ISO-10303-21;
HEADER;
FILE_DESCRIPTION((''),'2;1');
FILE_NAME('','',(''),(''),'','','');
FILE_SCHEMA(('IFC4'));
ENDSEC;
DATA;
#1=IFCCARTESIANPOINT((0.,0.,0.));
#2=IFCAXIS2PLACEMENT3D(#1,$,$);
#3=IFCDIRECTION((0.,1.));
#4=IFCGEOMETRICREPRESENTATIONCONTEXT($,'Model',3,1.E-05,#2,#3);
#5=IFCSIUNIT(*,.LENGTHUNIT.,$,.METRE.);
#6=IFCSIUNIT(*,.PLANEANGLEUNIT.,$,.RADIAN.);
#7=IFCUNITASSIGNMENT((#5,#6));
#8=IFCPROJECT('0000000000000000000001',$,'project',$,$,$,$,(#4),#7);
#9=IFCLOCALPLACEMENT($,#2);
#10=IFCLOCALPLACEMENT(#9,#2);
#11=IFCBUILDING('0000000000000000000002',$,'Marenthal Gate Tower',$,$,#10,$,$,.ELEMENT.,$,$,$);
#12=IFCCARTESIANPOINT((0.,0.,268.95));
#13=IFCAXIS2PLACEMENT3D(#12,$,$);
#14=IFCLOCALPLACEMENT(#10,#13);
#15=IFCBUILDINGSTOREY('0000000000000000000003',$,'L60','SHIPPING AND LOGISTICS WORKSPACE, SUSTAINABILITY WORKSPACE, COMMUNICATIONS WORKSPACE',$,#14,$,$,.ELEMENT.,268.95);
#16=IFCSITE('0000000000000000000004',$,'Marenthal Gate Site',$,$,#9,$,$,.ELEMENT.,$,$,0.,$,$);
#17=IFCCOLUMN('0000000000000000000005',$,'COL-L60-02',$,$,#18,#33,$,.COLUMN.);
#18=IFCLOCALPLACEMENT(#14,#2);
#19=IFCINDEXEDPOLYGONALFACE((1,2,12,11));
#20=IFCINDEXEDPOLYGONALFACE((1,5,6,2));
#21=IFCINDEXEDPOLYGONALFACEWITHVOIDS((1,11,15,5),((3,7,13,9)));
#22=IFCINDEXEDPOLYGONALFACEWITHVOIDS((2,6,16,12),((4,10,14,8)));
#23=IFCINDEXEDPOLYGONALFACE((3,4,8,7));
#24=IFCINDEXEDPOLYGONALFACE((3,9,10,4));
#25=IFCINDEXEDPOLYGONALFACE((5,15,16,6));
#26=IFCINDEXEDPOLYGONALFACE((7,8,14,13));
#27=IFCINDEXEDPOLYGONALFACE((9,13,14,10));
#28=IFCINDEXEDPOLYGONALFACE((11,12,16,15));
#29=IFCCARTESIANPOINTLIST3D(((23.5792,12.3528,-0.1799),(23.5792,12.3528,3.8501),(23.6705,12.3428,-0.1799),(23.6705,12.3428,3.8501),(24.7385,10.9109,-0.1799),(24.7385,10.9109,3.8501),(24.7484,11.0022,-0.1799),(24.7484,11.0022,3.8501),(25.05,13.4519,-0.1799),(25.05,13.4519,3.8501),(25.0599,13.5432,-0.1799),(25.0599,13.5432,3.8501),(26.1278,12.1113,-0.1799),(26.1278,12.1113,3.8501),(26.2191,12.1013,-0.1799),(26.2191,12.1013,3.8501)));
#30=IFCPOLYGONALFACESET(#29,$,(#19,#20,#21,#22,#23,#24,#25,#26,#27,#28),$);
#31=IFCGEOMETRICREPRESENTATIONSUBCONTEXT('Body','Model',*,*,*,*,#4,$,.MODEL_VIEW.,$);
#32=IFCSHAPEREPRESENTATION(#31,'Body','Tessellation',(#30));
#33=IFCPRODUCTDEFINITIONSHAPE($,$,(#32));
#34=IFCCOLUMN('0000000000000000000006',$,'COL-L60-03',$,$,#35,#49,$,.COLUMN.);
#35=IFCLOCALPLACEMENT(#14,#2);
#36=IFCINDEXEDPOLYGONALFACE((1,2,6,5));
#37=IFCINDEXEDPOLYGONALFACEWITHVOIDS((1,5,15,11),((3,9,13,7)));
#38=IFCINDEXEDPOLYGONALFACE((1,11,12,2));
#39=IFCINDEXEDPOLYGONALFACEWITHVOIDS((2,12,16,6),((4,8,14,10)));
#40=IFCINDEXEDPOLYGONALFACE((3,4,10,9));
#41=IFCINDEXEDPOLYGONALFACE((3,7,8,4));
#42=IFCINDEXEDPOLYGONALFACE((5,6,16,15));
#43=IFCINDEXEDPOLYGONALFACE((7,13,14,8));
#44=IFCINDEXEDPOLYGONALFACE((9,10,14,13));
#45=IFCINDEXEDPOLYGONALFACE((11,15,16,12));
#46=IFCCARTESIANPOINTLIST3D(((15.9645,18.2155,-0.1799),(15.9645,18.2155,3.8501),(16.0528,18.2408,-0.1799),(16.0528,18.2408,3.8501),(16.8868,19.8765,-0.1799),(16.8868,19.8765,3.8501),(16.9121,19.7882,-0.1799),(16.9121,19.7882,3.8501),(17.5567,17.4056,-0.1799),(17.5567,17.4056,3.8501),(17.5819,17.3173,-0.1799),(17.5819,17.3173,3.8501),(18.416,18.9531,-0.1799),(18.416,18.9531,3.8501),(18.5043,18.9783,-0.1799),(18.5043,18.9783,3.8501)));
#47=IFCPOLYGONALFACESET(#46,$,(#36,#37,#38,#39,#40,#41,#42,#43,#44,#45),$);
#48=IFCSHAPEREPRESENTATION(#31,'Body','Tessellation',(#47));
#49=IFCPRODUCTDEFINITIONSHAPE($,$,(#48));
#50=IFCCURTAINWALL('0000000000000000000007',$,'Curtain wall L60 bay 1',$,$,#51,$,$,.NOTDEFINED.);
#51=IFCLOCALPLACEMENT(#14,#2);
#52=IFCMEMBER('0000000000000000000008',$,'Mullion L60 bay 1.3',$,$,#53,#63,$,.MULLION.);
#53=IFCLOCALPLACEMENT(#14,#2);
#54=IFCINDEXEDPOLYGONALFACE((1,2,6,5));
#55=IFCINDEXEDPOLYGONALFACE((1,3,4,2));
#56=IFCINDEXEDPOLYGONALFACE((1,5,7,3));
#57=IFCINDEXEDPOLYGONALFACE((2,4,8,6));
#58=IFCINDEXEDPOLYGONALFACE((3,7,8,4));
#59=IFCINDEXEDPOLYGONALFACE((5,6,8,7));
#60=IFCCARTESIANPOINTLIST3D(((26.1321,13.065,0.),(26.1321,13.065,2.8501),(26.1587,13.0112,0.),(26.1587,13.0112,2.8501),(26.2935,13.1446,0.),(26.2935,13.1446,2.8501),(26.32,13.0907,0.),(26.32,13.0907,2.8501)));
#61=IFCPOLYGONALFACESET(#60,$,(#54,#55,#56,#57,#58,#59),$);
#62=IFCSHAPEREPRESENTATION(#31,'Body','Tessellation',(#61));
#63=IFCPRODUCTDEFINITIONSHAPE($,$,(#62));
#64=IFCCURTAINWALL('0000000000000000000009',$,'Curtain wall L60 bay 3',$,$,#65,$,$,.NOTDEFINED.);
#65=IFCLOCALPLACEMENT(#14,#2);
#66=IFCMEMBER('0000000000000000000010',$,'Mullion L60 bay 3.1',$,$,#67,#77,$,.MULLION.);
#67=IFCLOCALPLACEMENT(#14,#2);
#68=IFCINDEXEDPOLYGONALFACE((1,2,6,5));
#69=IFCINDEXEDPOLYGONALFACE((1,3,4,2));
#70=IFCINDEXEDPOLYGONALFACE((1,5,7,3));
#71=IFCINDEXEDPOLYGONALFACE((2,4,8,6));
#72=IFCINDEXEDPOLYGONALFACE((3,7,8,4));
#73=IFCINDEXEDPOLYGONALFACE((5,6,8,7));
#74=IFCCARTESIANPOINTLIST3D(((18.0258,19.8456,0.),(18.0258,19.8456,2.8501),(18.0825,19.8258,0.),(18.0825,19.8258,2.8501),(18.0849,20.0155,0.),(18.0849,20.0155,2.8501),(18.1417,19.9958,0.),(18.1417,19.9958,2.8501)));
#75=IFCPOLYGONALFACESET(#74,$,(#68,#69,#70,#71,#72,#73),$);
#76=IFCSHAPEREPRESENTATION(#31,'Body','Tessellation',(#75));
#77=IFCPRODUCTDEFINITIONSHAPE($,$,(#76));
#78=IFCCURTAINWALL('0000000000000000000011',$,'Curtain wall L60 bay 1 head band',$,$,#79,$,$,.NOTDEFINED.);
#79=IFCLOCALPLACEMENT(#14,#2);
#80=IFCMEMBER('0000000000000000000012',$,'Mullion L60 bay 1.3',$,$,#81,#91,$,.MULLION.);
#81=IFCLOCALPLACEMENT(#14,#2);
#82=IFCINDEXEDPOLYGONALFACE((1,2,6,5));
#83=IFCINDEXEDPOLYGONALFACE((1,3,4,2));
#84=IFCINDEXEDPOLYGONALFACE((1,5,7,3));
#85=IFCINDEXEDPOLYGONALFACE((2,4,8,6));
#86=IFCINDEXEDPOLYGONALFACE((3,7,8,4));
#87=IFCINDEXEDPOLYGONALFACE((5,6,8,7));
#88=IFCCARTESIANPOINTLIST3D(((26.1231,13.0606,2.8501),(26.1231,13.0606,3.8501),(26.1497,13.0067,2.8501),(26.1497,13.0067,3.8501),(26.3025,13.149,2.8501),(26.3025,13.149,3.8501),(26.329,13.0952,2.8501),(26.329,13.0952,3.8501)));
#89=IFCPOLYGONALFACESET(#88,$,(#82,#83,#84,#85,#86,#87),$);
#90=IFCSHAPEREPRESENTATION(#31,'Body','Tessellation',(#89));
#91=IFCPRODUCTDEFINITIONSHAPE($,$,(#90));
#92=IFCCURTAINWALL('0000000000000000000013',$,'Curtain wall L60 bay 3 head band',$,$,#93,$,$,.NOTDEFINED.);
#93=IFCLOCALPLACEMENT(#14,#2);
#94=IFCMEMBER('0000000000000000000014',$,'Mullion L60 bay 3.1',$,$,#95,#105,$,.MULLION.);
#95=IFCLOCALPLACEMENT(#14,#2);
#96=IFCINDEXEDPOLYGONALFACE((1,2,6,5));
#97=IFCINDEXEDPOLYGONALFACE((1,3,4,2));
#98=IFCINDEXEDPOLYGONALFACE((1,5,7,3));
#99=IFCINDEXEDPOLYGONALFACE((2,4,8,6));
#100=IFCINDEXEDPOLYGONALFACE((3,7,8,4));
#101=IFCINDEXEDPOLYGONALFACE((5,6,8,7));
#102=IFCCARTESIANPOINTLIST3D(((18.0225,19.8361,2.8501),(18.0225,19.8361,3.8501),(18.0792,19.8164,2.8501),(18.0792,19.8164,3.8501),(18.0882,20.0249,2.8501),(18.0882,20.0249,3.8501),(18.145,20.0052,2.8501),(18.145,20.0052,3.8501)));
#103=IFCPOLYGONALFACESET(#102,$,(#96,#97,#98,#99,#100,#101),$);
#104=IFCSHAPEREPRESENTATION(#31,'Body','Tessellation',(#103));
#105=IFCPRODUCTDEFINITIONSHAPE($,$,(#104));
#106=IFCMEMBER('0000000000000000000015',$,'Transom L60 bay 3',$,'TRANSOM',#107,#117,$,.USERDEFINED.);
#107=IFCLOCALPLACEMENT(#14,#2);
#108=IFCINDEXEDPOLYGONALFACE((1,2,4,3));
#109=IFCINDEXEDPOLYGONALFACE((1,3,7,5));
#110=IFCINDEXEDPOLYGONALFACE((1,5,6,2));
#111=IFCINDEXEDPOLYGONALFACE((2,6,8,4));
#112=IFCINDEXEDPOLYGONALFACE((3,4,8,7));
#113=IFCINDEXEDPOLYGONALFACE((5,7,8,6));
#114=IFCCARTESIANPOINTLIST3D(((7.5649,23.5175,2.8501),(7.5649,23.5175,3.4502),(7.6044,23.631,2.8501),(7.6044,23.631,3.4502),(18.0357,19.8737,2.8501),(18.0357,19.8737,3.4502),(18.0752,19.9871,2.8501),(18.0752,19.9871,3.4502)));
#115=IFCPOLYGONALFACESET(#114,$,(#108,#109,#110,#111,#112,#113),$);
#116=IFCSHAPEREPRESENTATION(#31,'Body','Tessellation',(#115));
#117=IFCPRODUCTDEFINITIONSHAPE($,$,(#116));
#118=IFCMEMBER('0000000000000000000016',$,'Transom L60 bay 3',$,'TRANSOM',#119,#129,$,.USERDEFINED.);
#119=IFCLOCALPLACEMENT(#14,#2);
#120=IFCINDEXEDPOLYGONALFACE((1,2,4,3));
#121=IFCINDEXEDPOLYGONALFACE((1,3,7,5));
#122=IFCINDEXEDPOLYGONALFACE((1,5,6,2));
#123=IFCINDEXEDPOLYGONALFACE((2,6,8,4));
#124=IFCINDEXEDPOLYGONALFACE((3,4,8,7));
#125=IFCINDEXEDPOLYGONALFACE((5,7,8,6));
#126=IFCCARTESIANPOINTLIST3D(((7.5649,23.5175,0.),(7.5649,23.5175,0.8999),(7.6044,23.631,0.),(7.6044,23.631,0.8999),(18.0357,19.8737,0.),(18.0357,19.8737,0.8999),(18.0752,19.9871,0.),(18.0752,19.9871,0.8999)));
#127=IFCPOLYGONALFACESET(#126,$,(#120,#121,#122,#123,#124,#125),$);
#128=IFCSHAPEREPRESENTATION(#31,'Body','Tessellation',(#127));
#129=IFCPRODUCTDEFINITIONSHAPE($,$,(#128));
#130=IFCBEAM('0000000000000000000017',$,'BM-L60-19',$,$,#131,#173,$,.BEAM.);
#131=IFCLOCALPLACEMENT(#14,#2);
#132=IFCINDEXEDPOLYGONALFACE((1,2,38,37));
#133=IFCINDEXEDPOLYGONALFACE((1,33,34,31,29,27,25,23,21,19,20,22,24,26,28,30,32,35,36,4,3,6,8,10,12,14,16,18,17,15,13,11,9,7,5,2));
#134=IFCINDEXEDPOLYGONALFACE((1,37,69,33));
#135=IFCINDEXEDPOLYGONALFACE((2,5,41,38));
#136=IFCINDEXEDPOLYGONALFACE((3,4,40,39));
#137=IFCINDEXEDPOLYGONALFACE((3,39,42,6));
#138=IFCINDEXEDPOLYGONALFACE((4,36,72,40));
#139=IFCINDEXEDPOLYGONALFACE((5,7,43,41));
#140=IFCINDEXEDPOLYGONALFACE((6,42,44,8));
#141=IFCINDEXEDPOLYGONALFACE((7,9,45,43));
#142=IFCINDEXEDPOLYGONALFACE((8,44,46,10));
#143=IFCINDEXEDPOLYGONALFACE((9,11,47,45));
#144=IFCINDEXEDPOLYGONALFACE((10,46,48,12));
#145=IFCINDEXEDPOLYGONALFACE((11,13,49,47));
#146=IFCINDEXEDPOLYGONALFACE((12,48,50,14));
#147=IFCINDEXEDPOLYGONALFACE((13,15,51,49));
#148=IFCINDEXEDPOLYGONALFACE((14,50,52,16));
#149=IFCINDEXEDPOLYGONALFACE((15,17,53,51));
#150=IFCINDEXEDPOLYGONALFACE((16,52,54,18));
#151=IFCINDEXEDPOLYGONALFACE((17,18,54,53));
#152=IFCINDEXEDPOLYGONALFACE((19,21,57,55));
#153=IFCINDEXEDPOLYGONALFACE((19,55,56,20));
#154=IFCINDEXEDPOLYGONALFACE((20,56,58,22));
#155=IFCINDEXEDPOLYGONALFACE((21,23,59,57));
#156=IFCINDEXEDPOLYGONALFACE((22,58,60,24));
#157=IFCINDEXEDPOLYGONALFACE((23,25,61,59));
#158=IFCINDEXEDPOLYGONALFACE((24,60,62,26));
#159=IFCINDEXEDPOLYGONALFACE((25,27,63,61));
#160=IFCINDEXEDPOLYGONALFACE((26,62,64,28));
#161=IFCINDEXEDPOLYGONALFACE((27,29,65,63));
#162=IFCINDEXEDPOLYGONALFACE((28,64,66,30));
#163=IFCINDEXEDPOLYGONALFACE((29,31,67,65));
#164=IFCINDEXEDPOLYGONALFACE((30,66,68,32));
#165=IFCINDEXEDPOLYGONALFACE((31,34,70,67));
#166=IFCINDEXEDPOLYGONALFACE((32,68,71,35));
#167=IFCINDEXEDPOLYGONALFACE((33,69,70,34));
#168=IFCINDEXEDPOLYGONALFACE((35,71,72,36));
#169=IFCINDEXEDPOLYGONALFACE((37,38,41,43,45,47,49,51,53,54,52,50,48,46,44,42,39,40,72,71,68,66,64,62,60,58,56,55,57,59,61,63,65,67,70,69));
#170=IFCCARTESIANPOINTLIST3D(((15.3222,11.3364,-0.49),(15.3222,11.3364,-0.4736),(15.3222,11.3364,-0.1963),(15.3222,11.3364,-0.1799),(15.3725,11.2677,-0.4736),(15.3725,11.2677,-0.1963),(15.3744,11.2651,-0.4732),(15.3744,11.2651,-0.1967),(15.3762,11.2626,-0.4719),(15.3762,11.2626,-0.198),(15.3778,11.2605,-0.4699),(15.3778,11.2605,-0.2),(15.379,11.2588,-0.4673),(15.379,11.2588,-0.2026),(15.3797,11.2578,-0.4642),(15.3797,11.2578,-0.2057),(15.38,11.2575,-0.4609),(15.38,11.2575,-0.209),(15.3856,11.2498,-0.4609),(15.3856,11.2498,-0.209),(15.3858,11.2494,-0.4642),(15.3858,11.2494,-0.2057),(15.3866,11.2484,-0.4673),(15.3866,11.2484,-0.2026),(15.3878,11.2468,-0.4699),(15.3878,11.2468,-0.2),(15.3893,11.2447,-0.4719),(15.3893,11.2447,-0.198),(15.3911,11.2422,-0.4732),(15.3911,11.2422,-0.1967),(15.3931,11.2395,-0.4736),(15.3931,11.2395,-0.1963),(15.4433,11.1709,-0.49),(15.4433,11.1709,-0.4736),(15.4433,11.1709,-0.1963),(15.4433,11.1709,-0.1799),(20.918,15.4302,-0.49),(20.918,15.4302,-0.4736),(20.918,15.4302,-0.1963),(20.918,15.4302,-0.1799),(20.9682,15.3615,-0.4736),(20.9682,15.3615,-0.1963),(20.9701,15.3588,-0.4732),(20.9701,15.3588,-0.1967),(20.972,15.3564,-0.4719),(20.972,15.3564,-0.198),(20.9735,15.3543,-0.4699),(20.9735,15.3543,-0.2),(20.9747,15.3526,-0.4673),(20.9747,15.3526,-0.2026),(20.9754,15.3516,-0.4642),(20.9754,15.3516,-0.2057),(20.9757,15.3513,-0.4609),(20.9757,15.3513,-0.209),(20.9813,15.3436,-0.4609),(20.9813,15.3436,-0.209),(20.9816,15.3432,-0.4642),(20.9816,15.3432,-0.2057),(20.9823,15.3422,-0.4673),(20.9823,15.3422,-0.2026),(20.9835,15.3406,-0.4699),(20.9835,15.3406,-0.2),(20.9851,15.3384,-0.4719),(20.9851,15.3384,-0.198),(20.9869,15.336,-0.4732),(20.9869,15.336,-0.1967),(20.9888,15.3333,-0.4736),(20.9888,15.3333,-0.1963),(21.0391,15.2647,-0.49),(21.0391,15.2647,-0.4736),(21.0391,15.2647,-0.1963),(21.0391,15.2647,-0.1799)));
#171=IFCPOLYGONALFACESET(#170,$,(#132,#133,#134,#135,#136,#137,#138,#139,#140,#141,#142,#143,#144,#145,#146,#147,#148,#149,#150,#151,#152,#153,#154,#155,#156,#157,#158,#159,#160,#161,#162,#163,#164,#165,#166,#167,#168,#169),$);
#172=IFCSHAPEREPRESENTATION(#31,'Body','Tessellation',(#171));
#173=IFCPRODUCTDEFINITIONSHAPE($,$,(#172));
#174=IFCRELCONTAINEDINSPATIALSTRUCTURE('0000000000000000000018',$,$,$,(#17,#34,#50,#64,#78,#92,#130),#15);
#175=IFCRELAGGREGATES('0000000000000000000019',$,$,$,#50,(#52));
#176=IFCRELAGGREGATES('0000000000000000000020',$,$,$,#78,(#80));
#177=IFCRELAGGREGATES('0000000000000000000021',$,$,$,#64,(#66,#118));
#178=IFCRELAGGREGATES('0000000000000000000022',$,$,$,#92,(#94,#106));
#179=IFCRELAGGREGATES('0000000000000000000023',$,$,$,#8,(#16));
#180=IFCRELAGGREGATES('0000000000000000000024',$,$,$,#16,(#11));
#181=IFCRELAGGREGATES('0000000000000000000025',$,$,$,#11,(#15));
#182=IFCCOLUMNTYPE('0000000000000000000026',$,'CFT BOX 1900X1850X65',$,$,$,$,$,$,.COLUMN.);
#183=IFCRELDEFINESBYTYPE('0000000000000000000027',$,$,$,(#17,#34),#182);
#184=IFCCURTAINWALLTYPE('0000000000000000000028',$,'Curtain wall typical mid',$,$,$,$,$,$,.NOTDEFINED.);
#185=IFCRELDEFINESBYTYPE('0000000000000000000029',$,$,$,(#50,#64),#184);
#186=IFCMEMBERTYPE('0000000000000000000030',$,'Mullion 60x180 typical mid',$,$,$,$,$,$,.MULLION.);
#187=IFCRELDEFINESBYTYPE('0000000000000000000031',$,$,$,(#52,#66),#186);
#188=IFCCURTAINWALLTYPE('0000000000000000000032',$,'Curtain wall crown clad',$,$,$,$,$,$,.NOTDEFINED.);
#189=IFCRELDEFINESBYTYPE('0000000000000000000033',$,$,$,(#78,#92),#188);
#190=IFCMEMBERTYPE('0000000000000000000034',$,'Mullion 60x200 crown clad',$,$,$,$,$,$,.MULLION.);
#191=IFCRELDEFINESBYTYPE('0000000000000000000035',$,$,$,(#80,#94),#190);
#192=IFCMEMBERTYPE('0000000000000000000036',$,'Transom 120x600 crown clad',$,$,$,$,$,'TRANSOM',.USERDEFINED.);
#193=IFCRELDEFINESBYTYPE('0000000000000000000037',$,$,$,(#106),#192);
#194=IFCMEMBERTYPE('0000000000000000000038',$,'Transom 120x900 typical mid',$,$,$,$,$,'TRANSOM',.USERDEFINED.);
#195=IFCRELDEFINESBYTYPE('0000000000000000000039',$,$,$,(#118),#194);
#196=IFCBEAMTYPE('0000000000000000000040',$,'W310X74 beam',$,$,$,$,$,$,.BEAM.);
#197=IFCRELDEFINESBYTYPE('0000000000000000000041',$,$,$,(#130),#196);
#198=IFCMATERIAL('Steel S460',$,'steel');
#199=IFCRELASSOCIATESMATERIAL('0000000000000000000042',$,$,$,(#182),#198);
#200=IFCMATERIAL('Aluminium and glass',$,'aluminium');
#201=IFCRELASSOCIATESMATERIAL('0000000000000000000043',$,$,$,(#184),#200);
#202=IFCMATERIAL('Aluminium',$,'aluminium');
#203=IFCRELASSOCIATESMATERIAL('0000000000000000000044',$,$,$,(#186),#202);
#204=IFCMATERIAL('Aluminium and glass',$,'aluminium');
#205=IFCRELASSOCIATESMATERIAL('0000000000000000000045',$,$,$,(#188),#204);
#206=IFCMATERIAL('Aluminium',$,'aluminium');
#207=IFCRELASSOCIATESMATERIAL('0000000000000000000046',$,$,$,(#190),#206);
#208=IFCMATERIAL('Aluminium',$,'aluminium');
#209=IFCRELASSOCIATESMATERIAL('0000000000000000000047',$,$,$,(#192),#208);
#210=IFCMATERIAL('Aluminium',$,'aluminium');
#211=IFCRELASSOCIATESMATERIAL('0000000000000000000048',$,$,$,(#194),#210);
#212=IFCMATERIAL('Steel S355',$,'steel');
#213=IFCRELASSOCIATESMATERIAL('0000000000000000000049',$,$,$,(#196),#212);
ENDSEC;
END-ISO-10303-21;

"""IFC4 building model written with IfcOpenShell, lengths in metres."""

from ifc_helpers import new_model, si_unit, direction, frame, origin, origin_2d, place, context, subcontext, project, spatial, rectangle, hollow_rectangle, i_section, extrude, material, material_profile, profile_set, type_object, element, aggregate, save


model = new_model("IFC4")

# Units and contexts
model_context = context("Model", 3, precision=1e-05, world=origin(), true_north=direction((0.0, 1.0)))
body_context = subcontext(model_context, "Body", "Model", "MODEL_VIEW")
ifc_project = project(units=[si_unit("LENGTHUNIT", "METRE"), si_unit("PLANEANGLEUNIT", "RADIAN")], contexts=[model_context])

# Site, building, storey
site_placement = place(None, origin())
site = spatial("IfcSite", under=ifc_project, at=site_placement, Name="Marenthal Gate Site", CompositionType="ELEMENT", RefElevation=0.0)
building_placement = place(site_placement, origin())
building = spatial("IfcBuilding", under=site, at=building_placement, Name="Marenthal Gate Tower", CompositionType="ELEMENT")
storey_placement = place(building_placement, frame((0.0, 0.0, 268.95)))
storey = spatial("IfcBuildingStorey", under=building, at=storey_placement, Name="L60", Description="SHIPPING AND LOGISTICS WORKSPACE, SUSTAINABILITY WORKSPACE, COMMUNICATIONS WORKSPACE", CompositionType="ELEMENT", Elevation=268.95)

# Columns
ifc_material_1 = material(Name="Steel S460", Category="steel")
ifc_material_profile_1 = material_profile(ifc_material_1, hollow_rectangle(XDim=1.8501, YDim=1.8999, WallThickness=0.0649, at=origin_2d()), Name="CFT BOX 1900X1850X65")
ifc_material_2 = material(Name="Concrete 70 MPa", Category="concrete")
ifc_material_profile_2 = material_profile(ifc_material_2, rectangle(XDim=1.72, YDim=1.77, at=origin_2d()), Name="CFT BOX 1900X1850X65 INFILL")
ifc_profile_set_1 = profile_set([ifc_material_profile_1, ifc_material_profile_2], Name="Steel S460 shell, Concrete 70 MPa infill")
column_type = type_object("IfcColumnType", Name="CFT BOX 1900X1850X65", PredefinedType="COLUMN", material=ifc_profile_set_1)
for number, where, z_axis, x_axis, name in (
    (1, (24.8992, 12.2271, -0.1799), (0.0, 0.0, 1.0), (0.626593, -0.779347, 0.0), "COL-L60-02"),
    (2, (17.2344, 18.5969, -0.1799), (0.0, 0.0, 1.0), (0.874251, -0.485475, 0.0), "COL-L60-03"),
):
    element("IfcColumn", number, at=place(storey_placement, frame(where, z_axis=z_axis, x_axis=x_axis)), inside=storey, type_object=column_type, Name=name, PredefinedType="COLUMN", context=body_context, shape_type="SweptSolid", body=[
        extrude(hollow_rectangle(XDim=1.8501, YDim=1.8999, WallThickness=0.0649, at=origin_2d()), origin(), (0.0, 0.0, 1.0), 4.03),
    ])

# Curtain walls, members
ifc_material_3 = material(Name="Aluminium and glass", Category="aluminium")
curtain_wall_type_1 = type_object("IfcCurtainWallType", Name="Curtain wall typical mid", PredefinedType="NOTDEFINED", material=ifc_material_3)
curtain_wall_1_placement = place(storey_placement, origin())
curtain_wall_1 = element("IfcCurtainWall", 3, at=curtain_wall_1_placement, inside=storey, type_object=curtain_wall_type_1, Name="Curtain wall L60 bay 1", PredefinedType="NOTDEFINED")
ifc_material_4 = material(Name="Aluminium", Category="aluminium")
ifc_material_profile_3 = material_profile(ifc_material_4, rectangle(XDim=0.1799, YDim=0.0601, at=origin_2d()), Name="60x180 aluminium mullion")
ifc_profile_set_2 = profile_set([ifc_material_profile_3], Name="Aluminium")
member_type_1 = type_object("IfcMemberType", Name="Mullion 60x180 typical mid", PredefinedType="MULLION", material=ifc_profile_set_2)
member_1_placement = place(storey_placement, frame((26.2261, 13.0779, 0.0), z_axis=(0.0, 0.0, 1.0), x_axis=(-0.896921, -0.442192, 0.0)))
member_1 = element("IfcMember", 4, at=member_1_placement, type_object=member_type_1, Name="Mullion L60 bay 1.3", PredefinedType="MULLION", context=body_context, shape_type="SweptSolid", body=[
    extrude(rectangle(XDim=0.1799, YDim=0.0601, at=origin_2d()), origin(), (0.0, 0.0, 1.0), 2.8501),
])
aggregate(curtain_wall_1, [member_1])
curtain_wall_2_placement = place(storey_placement, origin())
curtain_wall_2 = element("IfcCurtainWall", 5, at=curtain_wall_2_placement, inside=storey, type_object=curtain_wall_type_1, Name="Curtain wall L60 bay 3", PredefinedType="NOTDEFINED")
member_2_placement = place(storey_placement, frame((18.0837, 19.9207, 0.0), z_axis=(0.0, 0.0, 1.0), x_axis=(-0.32867, -0.944445, 0.0)))
member_2 = element("IfcMember", 6, at=member_2_placement, type_object=member_type_1, Name="Mullion L60 bay 3.1", PredefinedType="MULLION", context=body_context, shape_type="SweptSolid", body=[
    extrude(rectangle(XDim=0.1799, YDim=0.0601, at=origin_2d()), origin(), (0.0, 0.0, 1.0), 2.8501),
])
ifc_material_5 = material(Name="Aluminium and glass", Category="aluminium")
curtain_wall_type_2 = type_object("IfcCurtainWallType", Name="Curtain wall crown clad", PredefinedType="NOTDEFINED", material=ifc_material_5)
curtain_wall_3_placement = place(storey_placement, origin())
curtain_wall_3 = element("IfcCurtainWall", 7, at=curtain_wall_3_placement, inside=storey, type_object=curtain_wall_type_2, Name="Curtain wall L60 bay 1 head band", PredefinedType="NOTDEFINED")
ifc_material_6 = material(Name="Aluminium", Category="aluminium")
ifc_material_profile_4 = material_profile(ifc_material_6, rectangle(XDim=0.2, YDim=0.0601, at=origin_2d()), Name="60x200 aluminium mullion")
ifc_profile_set_3 = profile_set([ifc_material_profile_4], Name="Aluminium")
member_type_2 = type_object("IfcMemberType", Name="Mullion 60x200 crown clad", PredefinedType="MULLION", material=ifc_profile_set_3)
member_3_placement = place(storey_placement, frame((26.2261, 13.0779, 2.8501), z_axis=(0.0, 0.0, 1.0), x_axis=(-0.896921, -0.442192, 0.0)))
member_3 = element("IfcMember", 8, at=member_3_placement, type_object=member_type_2, Name="Mullion L60 bay 1.3", PredefinedType="MULLION", context=body_context, shape_type="SweptSolid", body=[
    extrude(rectangle(XDim=0.2, YDim=0.0601, at=origin_2d()), origin(), (0.0, 0.0, 1.0), 1.0),
])
aggregate(curtain_wall_3, [member_3])

# Curtain wall, members
curtain_wall_4_placement = place(storey_placement, origin())
curtain_wall_4 = element("IfcCurtainWall", 9, at=curtain_wall_4_placement, inside=storey, type_object=curtain_wall_type_2, Name="Curtain wall L60 bay 3 head band", PredefinedType="NOTDEFINED")
member_4_placement = place(storey_placement, frame((18.0837, 19.9207, 2.8501), z_axis=(0.0, 0.0, 1.0), x_axis=(-0.32867, -0.944445, 0.0)))
member_4 = element("IfcMember", 10, at=member_4_placement, type_object=member_type_2, Name="Mullion L60 bay 3.1", PredefinedType="MULLION", context=body_context, shape_type="SweptSolid", body=[
    extrude(rectangle(XDim=0.2, YDim=0.0601, at=origin_2d()), origin(), (0.0, 0.0, 1.0), 1.0),
])
ifc_material_7 = material(Name="Aluminium", Category="aluminium")
ifc_material_profile_5 = material_profile(ifc_material_7, rectangle(XDim=0.1201, YDim=0.6001, at=origin_2d()), Name="120x600 aluminium transom")
ifc_profile_set_4 = profile_set([ifc_material_profile_5], Name="Aluminium")
member_type_3 = type_object("IfcMemberType", Name="Transom 120x600 crown clad", ElementType="TRANSOM", PredefinedType="USERDEFINED", material=ifc_profile_set_4)
member_5_placement = place(storey_placement, frame((18.0554, 19.9304, 3.1501), z_axis=(-0.944446, 0.328667, 0.0), x_axis=(-0.328667, -0.944446, 0.0)))
member_5 = element("IfcMember", 11, at=member_5_placement, type_object=member_type_3, Name="Transom L60 bay 3", ObjectType="TRANSOM", PredefinedType="USERDEFINED", context=body_context, shape_type="SweptSolid", body=[
    extrude(rectangle(XDim=0.1201, YDim=0.6001, at=origin_2d()), origin(), (0.0, 0.0, 1.0), 11.0867),
])

# Member
ifc_material_8 = material(Name="Aluminium", Category="aluminium")
ifc_material_profile_6 = material_profile(ifc_material_8, rectangle(XDim=0.1201, YDim=0.8999, at=origin_2d()), Name="120x900 aluminium transom")
ifc_profile_set_5 = profile_set([ifc_material_profile_6], Name="Aluminium")
member_type_4 = type_object("IfcMemberType", Name="Transom 120x900 typical mid", ElementType="TRANSOM", PredefinedType="USERDEFINED", material=ifc_profile_set_5)
member_6_placement = place(storey_placement, frame((18.0554, 19.9304, 0.45), z_axis=(-0.944446, 0.328667, 0.0), x_axis=(-0.328667, -0.944446, 0.0)))
member_6 = element("IfcMember", 12, at=member_6_placement, type_object=member_type_4, Name="Transom L60 bay 3", ObjectType="TRANSOM", PredefinedType="USERDEFINED", context=body_context, shape_type="SweptSolid", body=[
    extrude(rectangle(XDim=0.1201, YDim=0.8999, at=origin_2d()), origin(), (0.0, 0.0, 1.0), 11.0867),
])

# Beam
ifc_material_9 = material(Name="Steel S355", Category="steel")
ifc_material_profile_7 = material_profile(ifc_material_9, i_section(OverallWidth=0.2051, OverallDepth=0.3101, WebThickness=0.0095, FlangeThickness=0.0164, FilletRadius=0.0127, at=origin_2d()), Name="W310X74")
ifc_profile_set_6 = profile_set([ifc_material_profile_7], Name="Steel S355")
beam_type_1 = type_object("IfcBeamType", Name="W310X74 beam", PredefinedType="BEAM", material=ifc_profile_set_6)
beam_1_placement = place(storey_placement, frame((20.9785, 15.3474, -0.335), z_axis=(-0.807076, -0.590447, 0.0), x_axis=(0.590447, -0.807076, 0.0)))
element("IfcBeam", 13, at=beam_1_placement, inside=storey, type_object=beam_type_1, Name="BM-L60-19", PredefinedType="BEAM", context=body_context, shape_type="SweptSolid", body=[
    extrude(i_section(OverallWidth=0.2051, OverallDepth=0.3101, WebThickness=0.0095, FlangeThickness=0.0164, FilletRadius=0.0127, at=origin_2d()), origin(), (0.0, 0.0, 1.0), 6.9333),
])

aggregate(curtain_wall_2, [member_2, member_6])
aggregate(curtain_wall_4, [member_4, member_5])

save(model, "model.ifc")
